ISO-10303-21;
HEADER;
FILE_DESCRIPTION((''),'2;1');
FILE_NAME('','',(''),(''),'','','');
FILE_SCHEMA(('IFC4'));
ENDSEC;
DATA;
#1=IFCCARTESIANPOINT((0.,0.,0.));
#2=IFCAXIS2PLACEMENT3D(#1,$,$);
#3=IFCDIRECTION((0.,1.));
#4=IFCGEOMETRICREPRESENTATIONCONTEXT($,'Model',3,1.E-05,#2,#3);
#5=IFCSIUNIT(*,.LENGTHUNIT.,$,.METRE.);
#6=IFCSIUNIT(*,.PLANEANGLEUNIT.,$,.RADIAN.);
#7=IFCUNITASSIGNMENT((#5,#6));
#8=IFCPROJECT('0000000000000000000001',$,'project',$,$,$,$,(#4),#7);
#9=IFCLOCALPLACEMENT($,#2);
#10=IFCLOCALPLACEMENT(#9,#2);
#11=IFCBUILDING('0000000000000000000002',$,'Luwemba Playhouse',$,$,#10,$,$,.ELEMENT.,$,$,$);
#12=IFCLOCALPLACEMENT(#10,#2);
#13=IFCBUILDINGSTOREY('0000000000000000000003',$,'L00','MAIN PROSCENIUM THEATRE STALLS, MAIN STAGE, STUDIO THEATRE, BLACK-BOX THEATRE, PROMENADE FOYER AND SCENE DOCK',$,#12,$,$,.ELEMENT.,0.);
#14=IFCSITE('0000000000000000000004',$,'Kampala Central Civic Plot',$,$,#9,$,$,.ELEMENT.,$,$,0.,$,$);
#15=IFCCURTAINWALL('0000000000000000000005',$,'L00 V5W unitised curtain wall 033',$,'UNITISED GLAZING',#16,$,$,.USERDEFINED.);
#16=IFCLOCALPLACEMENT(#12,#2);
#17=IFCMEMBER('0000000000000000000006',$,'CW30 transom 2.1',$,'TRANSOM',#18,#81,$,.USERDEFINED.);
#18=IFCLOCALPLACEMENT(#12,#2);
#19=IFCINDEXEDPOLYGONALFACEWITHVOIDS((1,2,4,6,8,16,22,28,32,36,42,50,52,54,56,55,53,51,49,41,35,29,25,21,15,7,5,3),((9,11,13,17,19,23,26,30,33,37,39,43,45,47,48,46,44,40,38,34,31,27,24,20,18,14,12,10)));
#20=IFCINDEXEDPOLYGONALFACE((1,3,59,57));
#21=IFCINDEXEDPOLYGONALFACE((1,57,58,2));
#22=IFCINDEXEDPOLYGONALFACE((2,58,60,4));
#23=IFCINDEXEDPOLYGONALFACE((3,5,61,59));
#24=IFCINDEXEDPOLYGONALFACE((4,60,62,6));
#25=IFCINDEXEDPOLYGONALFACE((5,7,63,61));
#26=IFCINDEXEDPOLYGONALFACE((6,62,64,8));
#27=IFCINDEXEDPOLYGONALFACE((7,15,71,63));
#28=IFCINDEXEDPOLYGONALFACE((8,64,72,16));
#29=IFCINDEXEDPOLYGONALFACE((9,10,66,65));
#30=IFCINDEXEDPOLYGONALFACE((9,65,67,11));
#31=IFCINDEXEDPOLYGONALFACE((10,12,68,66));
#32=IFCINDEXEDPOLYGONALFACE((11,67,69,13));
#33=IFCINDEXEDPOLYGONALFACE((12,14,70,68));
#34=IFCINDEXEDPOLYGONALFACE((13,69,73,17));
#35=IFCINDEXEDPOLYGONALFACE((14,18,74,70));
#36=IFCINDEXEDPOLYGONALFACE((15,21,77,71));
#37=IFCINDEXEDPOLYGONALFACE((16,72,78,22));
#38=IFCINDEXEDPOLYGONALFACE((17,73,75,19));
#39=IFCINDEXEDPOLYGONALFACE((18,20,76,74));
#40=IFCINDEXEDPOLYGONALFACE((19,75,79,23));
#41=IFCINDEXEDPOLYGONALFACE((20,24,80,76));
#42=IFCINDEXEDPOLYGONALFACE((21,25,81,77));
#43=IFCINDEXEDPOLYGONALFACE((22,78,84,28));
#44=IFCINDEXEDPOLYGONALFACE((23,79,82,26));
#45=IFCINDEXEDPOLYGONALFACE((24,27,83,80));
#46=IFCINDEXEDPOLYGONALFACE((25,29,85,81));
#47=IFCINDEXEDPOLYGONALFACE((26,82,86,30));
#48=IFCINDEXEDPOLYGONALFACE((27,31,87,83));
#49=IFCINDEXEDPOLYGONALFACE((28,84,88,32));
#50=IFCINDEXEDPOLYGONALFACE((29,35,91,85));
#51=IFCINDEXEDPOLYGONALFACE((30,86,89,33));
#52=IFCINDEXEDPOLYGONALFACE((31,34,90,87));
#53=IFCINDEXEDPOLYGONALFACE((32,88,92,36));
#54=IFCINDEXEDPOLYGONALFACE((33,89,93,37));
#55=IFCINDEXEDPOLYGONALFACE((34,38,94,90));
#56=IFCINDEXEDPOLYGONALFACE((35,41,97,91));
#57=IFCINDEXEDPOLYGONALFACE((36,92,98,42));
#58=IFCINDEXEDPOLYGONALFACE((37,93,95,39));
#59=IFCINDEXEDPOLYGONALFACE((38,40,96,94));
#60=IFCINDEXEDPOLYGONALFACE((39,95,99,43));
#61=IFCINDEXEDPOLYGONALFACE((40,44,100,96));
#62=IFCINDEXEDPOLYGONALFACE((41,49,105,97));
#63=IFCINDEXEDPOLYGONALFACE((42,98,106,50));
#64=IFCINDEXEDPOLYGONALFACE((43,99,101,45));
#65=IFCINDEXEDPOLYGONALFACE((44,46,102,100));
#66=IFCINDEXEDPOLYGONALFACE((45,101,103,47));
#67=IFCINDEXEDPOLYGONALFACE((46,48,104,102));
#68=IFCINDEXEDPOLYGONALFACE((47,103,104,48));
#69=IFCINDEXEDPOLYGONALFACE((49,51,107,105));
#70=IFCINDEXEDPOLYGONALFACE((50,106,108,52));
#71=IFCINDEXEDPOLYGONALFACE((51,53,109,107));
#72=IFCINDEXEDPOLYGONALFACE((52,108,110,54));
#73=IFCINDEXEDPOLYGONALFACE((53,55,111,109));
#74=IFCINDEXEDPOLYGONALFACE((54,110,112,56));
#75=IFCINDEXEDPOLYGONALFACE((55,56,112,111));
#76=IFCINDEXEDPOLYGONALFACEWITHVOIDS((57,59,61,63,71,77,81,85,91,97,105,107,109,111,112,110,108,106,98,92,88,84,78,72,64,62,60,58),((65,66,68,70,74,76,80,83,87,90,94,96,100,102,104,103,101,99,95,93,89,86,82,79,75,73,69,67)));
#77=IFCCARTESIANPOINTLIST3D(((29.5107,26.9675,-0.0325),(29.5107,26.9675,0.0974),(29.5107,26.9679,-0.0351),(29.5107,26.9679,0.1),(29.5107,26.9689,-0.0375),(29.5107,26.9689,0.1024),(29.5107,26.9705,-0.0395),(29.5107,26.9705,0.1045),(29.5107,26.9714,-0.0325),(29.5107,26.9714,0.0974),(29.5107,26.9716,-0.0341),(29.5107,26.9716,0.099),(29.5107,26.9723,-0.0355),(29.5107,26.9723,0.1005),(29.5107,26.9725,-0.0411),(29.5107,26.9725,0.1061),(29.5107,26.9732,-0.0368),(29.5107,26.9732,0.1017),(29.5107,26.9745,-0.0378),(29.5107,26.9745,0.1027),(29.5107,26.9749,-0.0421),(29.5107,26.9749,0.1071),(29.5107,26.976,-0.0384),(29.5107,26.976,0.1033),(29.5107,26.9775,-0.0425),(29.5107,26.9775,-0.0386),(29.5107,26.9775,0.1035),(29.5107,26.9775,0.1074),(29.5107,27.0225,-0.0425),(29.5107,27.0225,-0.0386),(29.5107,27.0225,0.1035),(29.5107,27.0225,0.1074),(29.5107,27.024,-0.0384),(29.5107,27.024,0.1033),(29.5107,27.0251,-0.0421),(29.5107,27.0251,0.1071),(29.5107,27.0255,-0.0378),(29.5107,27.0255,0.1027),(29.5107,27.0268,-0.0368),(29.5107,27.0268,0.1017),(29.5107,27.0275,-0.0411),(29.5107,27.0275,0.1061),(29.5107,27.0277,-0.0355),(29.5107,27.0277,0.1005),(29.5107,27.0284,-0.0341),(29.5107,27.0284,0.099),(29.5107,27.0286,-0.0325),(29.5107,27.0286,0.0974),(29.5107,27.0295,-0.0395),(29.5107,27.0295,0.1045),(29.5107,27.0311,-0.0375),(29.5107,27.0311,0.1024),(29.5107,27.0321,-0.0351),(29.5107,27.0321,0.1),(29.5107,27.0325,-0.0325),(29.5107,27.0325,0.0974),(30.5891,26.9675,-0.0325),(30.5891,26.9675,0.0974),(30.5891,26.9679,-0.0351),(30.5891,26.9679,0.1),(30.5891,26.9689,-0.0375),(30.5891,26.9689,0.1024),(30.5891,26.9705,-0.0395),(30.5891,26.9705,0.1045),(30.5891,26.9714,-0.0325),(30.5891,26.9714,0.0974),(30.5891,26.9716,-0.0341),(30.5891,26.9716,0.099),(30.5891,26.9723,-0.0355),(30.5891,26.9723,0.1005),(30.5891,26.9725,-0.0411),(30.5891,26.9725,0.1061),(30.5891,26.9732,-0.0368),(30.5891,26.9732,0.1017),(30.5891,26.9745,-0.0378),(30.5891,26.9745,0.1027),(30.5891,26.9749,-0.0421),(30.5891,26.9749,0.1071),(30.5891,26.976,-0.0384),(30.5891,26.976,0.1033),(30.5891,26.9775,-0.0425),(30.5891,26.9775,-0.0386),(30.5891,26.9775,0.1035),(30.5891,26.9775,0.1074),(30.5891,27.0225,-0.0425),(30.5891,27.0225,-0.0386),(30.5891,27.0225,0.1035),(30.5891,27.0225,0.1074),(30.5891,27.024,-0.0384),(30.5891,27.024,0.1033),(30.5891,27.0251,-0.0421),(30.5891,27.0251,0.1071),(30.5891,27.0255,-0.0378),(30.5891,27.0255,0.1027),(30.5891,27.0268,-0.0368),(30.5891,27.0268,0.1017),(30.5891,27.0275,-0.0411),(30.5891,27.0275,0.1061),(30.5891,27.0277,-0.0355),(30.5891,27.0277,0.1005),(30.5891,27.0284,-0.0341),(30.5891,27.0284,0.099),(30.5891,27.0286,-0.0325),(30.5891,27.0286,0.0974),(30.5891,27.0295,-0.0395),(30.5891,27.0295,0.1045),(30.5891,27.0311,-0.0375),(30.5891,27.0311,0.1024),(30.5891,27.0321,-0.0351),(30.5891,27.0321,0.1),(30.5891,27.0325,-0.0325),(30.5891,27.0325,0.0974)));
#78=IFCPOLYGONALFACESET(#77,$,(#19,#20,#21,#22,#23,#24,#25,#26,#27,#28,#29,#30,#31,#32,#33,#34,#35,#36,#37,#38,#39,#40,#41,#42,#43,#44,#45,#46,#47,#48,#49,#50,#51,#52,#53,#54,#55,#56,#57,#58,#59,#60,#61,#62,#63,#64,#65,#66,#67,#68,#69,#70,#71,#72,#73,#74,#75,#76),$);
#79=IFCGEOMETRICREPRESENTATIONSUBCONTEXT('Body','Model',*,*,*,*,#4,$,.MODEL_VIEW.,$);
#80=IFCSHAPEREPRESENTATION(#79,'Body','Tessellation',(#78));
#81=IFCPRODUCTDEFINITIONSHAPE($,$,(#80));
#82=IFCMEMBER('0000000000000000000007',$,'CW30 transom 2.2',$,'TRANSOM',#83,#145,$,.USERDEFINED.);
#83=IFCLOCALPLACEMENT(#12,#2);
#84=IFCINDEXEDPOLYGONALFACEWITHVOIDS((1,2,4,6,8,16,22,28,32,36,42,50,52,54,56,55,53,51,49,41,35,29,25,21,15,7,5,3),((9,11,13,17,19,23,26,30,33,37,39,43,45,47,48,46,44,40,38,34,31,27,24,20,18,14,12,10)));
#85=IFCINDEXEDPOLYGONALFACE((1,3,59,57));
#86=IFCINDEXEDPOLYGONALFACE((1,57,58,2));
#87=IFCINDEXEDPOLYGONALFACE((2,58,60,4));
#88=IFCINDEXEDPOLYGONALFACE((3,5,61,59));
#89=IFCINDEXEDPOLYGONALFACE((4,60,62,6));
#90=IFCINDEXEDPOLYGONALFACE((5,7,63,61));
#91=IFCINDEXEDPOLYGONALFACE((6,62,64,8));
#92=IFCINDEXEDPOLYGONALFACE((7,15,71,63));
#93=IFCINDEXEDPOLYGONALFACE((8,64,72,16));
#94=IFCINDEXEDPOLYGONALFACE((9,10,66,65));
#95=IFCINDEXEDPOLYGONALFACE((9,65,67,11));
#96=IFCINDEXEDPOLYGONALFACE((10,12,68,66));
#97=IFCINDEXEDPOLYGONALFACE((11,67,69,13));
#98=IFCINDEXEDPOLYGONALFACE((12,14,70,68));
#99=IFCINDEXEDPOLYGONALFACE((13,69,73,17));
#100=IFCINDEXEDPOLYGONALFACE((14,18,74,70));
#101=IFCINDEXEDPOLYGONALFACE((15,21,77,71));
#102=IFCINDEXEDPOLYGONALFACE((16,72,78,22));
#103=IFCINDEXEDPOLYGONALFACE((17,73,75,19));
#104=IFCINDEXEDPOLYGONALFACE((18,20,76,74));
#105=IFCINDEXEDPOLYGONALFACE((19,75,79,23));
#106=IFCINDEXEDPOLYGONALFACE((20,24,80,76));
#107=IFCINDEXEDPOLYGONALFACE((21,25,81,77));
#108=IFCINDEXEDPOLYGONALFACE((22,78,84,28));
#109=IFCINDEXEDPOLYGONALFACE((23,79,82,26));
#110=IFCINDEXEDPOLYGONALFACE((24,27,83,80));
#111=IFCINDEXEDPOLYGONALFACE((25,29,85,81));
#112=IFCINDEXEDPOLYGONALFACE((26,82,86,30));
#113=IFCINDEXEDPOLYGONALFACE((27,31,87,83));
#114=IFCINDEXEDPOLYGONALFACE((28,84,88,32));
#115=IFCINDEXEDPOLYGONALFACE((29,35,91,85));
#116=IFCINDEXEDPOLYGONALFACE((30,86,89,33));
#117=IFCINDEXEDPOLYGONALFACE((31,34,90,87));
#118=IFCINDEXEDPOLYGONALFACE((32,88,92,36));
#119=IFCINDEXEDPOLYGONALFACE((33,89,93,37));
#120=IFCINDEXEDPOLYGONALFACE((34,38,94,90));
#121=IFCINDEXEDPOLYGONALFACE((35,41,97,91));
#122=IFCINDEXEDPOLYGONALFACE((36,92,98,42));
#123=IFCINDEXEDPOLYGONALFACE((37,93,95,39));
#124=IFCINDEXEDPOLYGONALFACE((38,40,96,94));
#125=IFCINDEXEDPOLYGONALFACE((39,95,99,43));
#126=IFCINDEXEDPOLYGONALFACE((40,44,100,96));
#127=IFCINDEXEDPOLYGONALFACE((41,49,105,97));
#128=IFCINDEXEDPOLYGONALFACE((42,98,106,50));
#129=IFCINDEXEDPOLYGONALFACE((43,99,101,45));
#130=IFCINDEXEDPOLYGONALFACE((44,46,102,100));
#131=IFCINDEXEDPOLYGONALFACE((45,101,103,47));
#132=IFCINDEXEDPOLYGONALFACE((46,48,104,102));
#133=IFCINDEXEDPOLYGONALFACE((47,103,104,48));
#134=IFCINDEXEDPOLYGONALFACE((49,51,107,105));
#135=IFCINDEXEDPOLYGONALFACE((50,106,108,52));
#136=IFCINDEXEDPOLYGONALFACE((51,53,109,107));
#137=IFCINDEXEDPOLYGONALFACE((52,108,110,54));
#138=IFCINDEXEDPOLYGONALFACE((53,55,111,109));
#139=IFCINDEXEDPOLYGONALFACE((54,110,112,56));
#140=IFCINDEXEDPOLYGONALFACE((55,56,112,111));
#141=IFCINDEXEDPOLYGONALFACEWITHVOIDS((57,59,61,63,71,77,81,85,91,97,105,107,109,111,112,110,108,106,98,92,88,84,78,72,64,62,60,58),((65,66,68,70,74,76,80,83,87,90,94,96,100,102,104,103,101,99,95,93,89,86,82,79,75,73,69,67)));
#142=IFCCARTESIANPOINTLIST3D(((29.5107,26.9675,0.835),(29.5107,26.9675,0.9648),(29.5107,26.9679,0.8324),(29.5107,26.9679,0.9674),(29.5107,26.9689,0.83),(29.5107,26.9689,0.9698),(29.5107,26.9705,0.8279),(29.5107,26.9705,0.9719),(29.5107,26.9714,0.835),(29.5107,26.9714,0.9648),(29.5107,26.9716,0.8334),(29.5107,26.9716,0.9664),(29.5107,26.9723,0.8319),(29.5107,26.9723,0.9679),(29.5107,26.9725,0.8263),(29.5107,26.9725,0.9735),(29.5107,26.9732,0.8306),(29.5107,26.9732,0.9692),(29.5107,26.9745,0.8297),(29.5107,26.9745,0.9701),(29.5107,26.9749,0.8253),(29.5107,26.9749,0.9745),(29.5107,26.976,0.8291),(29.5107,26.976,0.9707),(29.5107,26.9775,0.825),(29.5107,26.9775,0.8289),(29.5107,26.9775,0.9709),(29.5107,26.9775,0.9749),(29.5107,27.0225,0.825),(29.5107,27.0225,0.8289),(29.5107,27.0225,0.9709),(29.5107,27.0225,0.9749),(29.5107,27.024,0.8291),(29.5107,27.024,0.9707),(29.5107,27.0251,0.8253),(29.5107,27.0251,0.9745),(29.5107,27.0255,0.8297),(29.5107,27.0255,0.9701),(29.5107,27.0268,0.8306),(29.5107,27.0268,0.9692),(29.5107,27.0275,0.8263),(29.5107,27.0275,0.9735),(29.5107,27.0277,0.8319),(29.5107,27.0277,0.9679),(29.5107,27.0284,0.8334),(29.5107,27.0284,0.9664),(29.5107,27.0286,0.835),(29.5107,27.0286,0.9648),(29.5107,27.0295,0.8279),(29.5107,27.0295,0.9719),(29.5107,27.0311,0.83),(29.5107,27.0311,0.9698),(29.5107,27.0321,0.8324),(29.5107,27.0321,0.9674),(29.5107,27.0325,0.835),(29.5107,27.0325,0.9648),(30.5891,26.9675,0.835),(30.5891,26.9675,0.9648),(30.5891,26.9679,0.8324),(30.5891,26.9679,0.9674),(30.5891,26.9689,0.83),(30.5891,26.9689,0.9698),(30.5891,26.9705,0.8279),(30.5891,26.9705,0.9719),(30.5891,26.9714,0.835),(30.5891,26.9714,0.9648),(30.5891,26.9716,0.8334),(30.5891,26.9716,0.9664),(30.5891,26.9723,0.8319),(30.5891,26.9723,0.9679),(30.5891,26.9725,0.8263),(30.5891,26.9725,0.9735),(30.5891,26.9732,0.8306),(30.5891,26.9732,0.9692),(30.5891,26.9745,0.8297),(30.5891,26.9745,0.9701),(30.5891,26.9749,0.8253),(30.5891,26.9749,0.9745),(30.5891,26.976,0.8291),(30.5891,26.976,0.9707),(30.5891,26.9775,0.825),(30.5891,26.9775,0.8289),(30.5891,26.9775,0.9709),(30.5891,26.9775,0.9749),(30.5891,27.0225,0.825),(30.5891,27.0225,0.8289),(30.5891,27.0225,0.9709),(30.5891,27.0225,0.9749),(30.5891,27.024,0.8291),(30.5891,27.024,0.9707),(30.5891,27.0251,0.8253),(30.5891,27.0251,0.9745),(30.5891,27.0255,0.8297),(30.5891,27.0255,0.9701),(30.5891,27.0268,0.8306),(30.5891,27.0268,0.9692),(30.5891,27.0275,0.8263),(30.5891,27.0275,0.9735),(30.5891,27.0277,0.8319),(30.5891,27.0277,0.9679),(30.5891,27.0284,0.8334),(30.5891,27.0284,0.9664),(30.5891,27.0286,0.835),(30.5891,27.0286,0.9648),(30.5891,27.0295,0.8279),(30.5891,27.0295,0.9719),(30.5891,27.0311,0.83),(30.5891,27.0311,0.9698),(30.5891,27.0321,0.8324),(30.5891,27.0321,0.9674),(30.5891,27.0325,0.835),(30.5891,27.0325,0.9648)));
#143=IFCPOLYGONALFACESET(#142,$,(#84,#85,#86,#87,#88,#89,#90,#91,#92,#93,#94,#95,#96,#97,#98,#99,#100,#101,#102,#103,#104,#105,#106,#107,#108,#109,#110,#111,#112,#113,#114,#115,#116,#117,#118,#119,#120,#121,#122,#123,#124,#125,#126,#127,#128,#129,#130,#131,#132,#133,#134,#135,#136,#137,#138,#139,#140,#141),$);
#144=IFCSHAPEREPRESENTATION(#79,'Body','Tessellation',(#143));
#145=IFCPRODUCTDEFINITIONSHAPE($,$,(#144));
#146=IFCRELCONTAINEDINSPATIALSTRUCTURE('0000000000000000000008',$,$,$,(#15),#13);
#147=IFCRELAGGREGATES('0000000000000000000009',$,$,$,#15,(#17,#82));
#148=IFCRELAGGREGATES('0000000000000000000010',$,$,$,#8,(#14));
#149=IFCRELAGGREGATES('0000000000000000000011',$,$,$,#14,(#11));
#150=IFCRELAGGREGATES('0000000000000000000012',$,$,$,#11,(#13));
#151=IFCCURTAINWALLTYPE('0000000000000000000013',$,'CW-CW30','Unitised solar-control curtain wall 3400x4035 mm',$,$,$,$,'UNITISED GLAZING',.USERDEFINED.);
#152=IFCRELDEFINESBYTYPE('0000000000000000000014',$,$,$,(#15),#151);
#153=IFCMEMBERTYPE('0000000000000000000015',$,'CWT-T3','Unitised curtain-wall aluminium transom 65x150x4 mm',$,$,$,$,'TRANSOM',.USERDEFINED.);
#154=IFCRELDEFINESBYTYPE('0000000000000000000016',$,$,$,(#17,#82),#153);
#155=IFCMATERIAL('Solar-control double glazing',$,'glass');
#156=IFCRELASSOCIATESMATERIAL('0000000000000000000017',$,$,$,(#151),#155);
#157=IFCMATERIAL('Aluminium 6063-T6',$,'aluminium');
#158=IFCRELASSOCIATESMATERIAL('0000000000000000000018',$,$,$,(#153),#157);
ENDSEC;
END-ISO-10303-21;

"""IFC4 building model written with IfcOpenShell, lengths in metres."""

from ifc_helpers import new_model, si_unit, direction, frame, origin, origin_2d, place, context, subcontext, project, spatial, hollow_rectangle, extrude, material, material_profile, profile_set, type_object, element, aggregate, save


model = new_model("IFC4")

# Units and contexts
model_context = context("Model", 3, precision=1e-05, world=origin(), true_north=direction((0.0, 1.0)))
body_context = subcontext(model_context, "Body", "Model", "MODEL_VIEW")
ifc_project = project(units=[si_unit("LENGTHUNIT", "METRE"), si_unit("PLANEANGLEUNIT", "RADIAN")], contexts=[model_context])

# Site, building, storey
site_placement = place(None, origin())
site = spatial("IfcSite", under=ifc_project, at=site_placement, Name="Kampala Central Civic Plot", CompositionType="ELEMENT", RefElevation=0.0)
building_placement = place(site_placement, origin())
building = spatial("IfcBuilding", under=site, at=building_placement, Name="Luwemba Playhouse", CompositionType="ELEMENT")
storey_placement = place(building_placement, origin())
storey = spatial("IfcBuildingStorey", under=building, at=storey_placement, Name="L00", Description="MAIN PROSCENIUM THEATRE STALLS, MAIN STAGE, STUDIO THEATRE, BLACK-BOX THEATRE, PROMENADE FOYER AND SCENE DOCK", CompositionType="ELEMENT", Elevation=0.0)

# Curtain wall, members
ifc_material_1 = material(Name="Solar-control double glazing", Category="glass")
curtain_wall_type = type_object("IfcCurtainWallType", Name="CW-CW30", Description="Unitised solar-control curtain wall 3400x4035 mm", ElementType="UNITISED GLAZING", PredefinedType="USERDEFINED", material=ifc_material_1)
curtain_wall_placement = place(storey_placement, origin())
curtain_wall = element("IfcCurtainWall", 1, at=curtain_wall_placement, inside=storey, type_object=curtain_wall_type, Name="L00 V5W unitised curtain wall 033", ObjectType="UNITISED GLAZING", PredefinedType="USERDEFINED")
ifc_material_2 = material(Name="Aluminium 6063-T6", Category="aluminium")
ifc_material_profile_1 = material_profile(ifc_material_2, hollow_rectangle(XDim=0.0649, YDim=0.1499, WallThickness=0.0039, InnerFilletRadius=0.0061, OuterFilletRadius=0.01, at=origin_2d()))
ifc_profile_set_1 = profile_set([ifc_material_profile_1], Name="Aluminium 6063-T6")
member_type_1 = type_object("IfcMemberType", Name="CWT-T3", Description="Unitised curtain-wall aluminium transom 65x150x4 mm", ElementType="TRANSOM", PredefinedType="USERDEFINED", material=ifc_profile_set_1)
member_1_placement = place(storey_placement, frame((29.5107, 27.0, 0.0325), z_axis=(1.0, 0.0, 0.0), x_axis=(0.0, 1.0, 0.0)))
member_1 = element("IfcMember", 2, at=member_1_placement, type_object=member_type_1, Name="CW30 transom 2.1", ObjectType="TRANSOM", PredefinedType="USERDEFINED", context=body_context, shape_type="SweptSolid", body=[
    extrude(hollow_rectangle(XDim=0.0649, YDim=0.1499, WallThickness=0.0039, InnerFilletRadius=0.0061, OuterFilletRadius=0.01, at=origin_2d()), origin(), (0.0, 0.0, 1.0), 1.0784),
])
member_2_placement = place(storey_placement, frame((29.5107, 27.0, 0.8999), z_axis=(1.0, 0.0, 0.0), x_axis=(0.0, 1.0, 0.0)))
member_2 = element("IfcMember", 3, at=member_2_placement, type_object=member_type_1, Name="CW30 transom 2.2", ObjectType="TRANSOM", PredefinedType="USERDEFINED", context=body_context, shape_type="SweptSolid", body=[
    extrude(hollow_rectangle(XDim=0.0649, YDim=0.1499, WallThickness=0.0039, InnerFilletRadius=0.0061, OuterFilletRadius=0.01, at=origin_2d()), origin(), (0.0, 0.0, 1.0), 1.0784),
])
aggregate(curtain_wall, [member_1, member_2])

save(model, "model.ifc")
